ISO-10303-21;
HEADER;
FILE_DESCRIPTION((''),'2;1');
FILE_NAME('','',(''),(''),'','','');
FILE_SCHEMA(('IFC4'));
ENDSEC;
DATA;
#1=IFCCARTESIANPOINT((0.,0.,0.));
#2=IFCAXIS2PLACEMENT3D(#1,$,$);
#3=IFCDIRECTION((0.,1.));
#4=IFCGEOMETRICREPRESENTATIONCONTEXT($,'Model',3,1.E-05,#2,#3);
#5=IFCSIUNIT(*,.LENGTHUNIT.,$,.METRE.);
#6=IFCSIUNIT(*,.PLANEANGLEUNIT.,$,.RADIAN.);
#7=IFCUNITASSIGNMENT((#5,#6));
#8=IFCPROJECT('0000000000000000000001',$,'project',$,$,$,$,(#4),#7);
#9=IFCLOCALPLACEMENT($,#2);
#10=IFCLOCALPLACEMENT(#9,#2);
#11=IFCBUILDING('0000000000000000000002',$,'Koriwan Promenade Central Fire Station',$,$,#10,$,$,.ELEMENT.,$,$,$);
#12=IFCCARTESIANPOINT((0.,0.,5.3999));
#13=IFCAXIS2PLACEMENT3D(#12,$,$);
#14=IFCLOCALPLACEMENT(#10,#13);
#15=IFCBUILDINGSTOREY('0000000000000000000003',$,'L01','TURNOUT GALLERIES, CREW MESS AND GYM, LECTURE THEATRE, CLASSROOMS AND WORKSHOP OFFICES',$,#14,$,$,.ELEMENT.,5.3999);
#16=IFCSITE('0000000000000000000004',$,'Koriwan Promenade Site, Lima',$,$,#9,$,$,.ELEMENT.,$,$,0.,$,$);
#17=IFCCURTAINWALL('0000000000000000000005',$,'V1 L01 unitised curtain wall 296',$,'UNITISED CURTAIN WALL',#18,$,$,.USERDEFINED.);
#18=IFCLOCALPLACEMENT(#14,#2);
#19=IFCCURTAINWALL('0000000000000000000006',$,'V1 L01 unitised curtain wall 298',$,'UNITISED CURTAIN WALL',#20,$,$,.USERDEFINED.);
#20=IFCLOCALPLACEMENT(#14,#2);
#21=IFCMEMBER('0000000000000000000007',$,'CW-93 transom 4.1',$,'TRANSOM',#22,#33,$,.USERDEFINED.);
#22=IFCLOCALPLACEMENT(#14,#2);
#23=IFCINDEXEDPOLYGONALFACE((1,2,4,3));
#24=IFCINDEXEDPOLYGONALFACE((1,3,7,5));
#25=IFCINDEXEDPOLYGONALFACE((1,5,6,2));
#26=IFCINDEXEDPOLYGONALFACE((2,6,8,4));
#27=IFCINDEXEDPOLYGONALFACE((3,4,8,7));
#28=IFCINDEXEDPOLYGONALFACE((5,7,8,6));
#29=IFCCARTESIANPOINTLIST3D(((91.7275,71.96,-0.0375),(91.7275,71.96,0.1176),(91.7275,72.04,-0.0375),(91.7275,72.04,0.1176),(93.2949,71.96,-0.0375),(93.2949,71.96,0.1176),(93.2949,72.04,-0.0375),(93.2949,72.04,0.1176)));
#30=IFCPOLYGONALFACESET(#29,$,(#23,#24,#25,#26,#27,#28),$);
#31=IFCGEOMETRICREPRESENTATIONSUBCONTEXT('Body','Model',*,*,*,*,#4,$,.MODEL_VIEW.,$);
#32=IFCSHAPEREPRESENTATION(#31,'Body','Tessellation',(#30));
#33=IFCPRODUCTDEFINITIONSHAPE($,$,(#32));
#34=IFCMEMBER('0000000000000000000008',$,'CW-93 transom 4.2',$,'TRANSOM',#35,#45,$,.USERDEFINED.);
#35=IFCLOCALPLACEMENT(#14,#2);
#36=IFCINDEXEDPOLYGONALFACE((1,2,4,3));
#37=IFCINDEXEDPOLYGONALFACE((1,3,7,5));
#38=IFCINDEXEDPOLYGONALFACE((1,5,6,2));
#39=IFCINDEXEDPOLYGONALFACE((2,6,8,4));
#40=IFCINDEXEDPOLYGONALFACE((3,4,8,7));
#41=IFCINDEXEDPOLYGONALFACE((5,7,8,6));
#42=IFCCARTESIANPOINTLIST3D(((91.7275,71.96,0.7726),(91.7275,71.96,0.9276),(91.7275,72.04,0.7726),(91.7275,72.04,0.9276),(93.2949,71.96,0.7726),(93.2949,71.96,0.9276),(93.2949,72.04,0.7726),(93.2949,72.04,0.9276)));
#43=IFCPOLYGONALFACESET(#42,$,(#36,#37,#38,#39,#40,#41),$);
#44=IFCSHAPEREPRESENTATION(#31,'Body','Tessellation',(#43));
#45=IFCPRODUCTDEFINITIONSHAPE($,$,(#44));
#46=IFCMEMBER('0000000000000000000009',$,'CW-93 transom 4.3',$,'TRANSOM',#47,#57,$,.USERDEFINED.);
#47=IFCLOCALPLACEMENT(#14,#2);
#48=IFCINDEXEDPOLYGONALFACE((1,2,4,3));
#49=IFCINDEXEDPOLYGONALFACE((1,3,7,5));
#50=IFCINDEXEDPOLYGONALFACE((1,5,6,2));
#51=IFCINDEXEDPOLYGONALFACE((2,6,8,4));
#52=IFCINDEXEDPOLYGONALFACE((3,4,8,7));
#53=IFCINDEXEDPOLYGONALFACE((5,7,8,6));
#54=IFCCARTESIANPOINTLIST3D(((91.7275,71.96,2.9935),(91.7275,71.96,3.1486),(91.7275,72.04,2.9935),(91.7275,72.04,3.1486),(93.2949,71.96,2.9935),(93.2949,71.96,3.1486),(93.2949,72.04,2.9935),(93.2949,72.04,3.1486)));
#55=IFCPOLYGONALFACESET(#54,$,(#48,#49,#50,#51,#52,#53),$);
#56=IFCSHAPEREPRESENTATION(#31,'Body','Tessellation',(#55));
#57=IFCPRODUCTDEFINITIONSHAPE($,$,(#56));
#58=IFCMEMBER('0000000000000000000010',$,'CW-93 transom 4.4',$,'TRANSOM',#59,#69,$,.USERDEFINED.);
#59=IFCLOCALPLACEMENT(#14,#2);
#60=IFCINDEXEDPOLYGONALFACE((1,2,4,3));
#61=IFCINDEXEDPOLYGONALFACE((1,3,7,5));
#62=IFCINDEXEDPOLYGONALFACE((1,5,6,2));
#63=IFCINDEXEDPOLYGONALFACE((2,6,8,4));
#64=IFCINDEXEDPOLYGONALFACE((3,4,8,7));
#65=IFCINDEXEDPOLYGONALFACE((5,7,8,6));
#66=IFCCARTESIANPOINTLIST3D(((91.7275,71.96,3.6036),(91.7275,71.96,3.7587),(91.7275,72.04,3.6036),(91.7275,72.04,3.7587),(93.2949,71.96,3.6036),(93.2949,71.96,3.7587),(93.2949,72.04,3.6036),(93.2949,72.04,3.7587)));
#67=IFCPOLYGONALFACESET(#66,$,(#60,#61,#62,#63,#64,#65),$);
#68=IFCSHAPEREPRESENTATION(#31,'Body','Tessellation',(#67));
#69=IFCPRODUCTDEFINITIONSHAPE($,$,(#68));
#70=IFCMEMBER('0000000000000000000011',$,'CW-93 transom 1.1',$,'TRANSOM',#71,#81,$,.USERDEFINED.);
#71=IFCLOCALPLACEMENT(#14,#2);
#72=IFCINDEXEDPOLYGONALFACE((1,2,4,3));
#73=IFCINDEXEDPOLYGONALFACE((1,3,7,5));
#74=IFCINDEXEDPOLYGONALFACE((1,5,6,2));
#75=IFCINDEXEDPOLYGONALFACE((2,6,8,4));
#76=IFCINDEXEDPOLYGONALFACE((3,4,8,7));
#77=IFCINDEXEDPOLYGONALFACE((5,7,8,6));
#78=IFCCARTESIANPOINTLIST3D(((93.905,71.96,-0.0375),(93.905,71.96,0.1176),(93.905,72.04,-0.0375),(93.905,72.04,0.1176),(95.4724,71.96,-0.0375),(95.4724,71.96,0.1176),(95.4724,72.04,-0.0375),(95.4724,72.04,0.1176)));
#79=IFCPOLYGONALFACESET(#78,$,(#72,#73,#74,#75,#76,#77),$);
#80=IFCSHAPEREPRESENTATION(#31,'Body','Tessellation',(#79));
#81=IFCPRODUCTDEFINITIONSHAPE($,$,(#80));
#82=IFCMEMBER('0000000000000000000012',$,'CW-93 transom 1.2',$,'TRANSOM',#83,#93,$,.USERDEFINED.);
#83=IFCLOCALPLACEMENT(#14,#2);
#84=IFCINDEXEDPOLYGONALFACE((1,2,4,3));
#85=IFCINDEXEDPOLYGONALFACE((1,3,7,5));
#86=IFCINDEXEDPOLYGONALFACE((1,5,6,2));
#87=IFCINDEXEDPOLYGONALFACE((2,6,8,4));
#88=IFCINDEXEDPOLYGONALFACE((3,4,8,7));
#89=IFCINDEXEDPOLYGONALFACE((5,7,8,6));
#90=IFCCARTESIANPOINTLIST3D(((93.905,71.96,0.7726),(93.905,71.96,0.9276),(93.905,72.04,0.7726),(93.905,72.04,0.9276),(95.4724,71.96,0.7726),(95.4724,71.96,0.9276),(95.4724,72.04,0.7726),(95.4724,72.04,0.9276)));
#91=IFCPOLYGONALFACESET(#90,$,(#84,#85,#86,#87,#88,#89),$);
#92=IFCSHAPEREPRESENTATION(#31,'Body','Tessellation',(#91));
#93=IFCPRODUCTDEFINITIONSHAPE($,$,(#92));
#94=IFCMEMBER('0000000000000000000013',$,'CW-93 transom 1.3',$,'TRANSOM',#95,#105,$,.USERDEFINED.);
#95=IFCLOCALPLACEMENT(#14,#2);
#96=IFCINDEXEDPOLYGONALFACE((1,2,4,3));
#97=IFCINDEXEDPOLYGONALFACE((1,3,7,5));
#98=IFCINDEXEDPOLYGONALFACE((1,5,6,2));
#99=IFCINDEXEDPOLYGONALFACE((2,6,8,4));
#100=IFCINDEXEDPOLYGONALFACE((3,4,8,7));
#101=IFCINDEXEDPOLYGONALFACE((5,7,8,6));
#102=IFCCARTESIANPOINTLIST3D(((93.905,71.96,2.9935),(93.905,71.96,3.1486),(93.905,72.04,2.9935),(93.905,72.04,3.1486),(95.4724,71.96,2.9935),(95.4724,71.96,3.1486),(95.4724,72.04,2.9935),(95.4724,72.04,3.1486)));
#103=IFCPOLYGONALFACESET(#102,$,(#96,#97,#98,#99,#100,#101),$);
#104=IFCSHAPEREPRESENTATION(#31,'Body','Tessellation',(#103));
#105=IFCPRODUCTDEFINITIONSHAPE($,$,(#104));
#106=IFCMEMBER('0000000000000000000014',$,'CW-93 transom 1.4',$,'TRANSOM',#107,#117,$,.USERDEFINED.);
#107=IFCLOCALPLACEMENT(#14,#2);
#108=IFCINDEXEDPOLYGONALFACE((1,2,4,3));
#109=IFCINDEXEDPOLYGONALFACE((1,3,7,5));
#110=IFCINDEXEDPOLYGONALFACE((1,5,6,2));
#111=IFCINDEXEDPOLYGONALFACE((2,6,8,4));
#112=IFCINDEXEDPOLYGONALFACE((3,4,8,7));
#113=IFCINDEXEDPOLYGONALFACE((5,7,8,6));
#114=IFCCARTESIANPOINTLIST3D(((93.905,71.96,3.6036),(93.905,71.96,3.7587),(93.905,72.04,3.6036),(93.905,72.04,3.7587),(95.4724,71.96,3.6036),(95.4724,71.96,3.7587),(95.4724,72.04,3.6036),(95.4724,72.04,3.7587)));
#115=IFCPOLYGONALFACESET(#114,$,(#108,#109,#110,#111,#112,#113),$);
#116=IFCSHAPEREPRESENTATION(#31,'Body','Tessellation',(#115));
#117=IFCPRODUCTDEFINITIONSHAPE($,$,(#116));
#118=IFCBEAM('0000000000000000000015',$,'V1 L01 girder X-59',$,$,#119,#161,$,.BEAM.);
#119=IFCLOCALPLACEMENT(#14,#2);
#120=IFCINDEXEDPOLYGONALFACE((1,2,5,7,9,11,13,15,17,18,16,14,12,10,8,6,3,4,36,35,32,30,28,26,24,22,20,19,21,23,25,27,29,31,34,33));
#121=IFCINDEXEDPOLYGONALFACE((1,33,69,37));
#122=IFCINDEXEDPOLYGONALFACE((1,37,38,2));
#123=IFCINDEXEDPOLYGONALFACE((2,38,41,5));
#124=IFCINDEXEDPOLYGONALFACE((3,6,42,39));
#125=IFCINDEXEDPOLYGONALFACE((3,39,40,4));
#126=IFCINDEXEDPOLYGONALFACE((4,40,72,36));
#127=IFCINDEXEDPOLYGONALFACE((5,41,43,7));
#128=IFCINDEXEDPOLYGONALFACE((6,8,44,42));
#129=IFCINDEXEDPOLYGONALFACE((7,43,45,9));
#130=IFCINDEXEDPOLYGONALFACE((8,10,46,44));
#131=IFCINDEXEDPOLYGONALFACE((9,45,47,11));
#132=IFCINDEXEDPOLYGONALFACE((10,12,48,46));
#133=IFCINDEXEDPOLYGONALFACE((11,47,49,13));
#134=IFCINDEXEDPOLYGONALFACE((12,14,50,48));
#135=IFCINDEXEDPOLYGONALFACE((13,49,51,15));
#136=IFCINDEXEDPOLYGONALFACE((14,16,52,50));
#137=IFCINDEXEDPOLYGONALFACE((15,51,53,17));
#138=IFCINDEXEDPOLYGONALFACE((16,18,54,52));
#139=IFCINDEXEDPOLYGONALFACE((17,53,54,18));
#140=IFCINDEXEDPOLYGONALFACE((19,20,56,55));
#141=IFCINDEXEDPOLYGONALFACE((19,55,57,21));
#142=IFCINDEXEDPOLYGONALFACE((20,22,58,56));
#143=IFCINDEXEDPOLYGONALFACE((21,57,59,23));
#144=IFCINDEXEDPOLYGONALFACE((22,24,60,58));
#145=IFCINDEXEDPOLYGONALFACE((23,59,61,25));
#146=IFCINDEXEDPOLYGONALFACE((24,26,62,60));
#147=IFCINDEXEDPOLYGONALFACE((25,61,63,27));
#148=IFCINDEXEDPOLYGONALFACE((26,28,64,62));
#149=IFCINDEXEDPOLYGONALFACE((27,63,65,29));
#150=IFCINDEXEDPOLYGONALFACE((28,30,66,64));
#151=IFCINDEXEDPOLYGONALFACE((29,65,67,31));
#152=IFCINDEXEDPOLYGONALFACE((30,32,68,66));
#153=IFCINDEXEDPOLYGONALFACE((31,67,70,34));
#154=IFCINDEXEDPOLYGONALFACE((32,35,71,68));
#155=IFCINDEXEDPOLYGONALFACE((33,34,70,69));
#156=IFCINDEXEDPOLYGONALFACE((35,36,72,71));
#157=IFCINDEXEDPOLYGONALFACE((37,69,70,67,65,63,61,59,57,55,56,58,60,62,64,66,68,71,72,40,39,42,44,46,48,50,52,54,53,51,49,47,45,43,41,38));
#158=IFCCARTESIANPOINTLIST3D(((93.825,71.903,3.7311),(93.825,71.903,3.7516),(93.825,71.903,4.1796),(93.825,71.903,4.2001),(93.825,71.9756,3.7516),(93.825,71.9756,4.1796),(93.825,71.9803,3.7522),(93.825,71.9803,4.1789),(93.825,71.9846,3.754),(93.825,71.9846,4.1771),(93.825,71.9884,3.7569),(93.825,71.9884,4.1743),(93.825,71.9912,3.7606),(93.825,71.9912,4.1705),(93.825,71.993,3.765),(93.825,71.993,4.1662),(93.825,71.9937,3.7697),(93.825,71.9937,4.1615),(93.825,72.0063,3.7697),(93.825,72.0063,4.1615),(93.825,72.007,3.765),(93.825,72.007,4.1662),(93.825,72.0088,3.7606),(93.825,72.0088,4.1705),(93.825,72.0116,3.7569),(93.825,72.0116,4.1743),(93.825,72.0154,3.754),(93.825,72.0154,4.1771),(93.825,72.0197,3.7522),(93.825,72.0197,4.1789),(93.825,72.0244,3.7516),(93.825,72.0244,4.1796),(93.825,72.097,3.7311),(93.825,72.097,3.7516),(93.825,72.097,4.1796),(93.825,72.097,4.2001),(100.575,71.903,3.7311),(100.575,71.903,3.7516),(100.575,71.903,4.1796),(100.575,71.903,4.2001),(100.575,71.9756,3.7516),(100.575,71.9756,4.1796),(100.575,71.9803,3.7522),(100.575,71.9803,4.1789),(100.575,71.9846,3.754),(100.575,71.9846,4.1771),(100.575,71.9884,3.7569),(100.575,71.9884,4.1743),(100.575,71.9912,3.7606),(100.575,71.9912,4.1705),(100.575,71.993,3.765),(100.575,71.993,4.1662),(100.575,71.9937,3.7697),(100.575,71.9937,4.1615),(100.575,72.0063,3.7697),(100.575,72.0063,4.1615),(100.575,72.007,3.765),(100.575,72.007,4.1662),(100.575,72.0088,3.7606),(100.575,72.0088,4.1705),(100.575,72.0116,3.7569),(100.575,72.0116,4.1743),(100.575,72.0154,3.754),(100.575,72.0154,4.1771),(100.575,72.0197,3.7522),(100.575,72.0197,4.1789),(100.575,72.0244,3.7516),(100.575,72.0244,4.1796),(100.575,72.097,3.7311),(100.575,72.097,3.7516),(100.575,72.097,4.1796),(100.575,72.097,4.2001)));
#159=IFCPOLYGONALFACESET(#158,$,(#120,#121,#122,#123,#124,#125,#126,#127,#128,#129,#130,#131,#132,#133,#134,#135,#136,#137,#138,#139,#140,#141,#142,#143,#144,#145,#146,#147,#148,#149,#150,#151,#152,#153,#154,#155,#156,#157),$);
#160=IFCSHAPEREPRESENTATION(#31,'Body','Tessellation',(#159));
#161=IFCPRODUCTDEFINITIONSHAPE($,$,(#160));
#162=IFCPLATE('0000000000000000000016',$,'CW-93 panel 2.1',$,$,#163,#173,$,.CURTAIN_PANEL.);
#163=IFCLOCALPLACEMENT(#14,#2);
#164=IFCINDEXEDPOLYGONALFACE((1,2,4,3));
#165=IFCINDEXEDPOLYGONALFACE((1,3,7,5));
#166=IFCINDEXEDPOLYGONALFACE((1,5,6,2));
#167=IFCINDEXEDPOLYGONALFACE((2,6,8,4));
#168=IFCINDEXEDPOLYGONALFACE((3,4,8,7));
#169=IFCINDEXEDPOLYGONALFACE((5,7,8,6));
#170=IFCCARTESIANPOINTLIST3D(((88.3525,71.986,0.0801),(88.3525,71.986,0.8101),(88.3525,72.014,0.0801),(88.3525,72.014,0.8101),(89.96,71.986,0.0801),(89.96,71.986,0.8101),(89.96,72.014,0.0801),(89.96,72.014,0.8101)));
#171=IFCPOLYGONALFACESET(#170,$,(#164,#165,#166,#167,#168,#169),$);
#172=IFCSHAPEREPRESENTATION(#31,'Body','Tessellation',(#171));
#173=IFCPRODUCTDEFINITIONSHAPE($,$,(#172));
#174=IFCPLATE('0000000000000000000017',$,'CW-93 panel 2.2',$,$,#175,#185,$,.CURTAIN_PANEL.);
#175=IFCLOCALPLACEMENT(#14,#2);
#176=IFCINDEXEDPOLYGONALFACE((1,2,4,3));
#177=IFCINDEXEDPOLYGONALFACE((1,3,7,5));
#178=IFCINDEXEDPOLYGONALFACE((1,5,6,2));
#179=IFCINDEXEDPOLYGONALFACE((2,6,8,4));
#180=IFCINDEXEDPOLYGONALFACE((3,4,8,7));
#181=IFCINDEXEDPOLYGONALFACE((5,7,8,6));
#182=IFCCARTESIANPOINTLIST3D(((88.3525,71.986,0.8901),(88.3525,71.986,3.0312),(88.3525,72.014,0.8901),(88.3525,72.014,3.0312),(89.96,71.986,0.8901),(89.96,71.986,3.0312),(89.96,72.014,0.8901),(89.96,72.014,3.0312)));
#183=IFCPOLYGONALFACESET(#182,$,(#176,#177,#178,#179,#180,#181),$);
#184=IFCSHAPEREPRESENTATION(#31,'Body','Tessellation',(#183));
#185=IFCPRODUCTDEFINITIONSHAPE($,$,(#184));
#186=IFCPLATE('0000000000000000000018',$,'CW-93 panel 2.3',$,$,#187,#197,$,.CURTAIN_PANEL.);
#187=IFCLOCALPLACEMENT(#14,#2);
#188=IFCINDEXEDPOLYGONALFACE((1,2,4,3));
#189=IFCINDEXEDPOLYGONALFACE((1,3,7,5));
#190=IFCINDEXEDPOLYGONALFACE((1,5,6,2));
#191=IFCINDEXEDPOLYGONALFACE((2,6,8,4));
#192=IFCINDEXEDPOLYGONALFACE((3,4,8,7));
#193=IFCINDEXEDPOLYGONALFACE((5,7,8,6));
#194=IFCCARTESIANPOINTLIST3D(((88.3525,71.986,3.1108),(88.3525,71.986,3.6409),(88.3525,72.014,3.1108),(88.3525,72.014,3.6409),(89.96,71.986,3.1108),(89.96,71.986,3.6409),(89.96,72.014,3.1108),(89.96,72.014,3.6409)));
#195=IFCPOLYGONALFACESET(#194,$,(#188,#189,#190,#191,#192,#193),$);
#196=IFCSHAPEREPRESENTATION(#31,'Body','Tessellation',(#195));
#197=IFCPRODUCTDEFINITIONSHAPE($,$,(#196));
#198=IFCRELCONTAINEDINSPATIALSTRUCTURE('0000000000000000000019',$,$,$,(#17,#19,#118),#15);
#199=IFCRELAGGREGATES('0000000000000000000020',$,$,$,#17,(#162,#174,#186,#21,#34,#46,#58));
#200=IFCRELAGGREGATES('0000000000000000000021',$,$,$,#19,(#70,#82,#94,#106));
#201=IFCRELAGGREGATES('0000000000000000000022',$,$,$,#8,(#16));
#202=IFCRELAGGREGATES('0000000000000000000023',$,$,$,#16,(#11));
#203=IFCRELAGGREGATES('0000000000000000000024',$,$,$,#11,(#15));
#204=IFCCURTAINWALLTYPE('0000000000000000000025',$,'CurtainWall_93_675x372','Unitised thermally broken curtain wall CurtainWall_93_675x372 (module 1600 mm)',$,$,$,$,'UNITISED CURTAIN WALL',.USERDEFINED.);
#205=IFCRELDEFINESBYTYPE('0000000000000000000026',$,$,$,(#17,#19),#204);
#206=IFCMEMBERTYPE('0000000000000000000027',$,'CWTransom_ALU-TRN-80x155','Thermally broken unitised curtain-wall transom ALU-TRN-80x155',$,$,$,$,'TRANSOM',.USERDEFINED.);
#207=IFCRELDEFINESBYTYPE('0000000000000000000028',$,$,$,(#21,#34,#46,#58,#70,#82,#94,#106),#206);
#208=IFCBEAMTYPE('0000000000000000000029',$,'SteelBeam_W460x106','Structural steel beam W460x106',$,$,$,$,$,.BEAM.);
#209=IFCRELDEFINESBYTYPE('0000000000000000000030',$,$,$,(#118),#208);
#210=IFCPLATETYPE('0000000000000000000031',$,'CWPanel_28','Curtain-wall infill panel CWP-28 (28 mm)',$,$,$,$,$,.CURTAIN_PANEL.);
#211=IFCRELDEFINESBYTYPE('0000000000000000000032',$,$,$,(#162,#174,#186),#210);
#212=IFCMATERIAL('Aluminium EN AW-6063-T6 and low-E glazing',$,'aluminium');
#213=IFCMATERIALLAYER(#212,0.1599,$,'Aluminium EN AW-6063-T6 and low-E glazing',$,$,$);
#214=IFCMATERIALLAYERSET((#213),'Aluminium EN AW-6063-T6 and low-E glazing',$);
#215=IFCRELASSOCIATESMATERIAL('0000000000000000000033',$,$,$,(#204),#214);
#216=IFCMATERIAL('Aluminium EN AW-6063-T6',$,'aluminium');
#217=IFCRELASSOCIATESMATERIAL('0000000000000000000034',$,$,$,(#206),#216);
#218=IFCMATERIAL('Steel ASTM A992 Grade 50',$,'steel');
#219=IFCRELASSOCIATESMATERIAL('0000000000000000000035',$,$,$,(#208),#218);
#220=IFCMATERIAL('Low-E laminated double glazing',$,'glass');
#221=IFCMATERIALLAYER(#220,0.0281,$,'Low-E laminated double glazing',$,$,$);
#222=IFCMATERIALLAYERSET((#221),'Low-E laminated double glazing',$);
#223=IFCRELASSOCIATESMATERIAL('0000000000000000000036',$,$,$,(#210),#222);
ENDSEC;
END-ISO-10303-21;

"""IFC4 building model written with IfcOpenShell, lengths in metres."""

from ifc_helpers import new_model, si_unit, direction, frame, origin, origin_2d, place, context, subcontext, project, spatial, rectangle, i_section, extrude, material, layer, layer_set, material_profile, profile_set, type_object, element, aggregate, save


model = new_model("IFC4")

# Units and contexts
model_context = context("Model", 3, precision=1e-05, world=origin(), true_north=direction((0.0, 1.0)))
body_context = subcontext(model_context, "Body", "Model", "MODEL_VIEW")
ifc_project = project(units=[si_unit("LENGTHUNIT", "METRE"), si_unit("PLANEANGLEUNIT", "RADIAN")], contexts=[model_context])

# Site, building, storey
site_placement = place(None, origin())
site = spatial("IfcSite", under=ifc_project, at=site_placement, Name="Koriwan Promenade Site, Lima", CompositionType="ELEMENT", RefElevation=0.0)
building_placement = place(site_placement, origin())
building = spatial("IfcBuilding", under=site, at=building_placement, Name="Koriwan Promenade Central Fire Station", CompositionType="ELEMENT")
storey_placement = place(building_placement, frame((0.0, 0.0, 5.3999)))
storey = spatial("IfcBuildingStorey", under=building, at=storey_placement, Name="L01", Description="TURNOUT GALLERIES, CREW MESS AND GYM, LECTURE THEATRE, CLASSROOMS AND WORKSHOP OFFICES", CompositionType="ELEMENT", Elevation=5.3999)

# Curtain wall
ifc_material_1 = material(Name="Aluminium EN AW-6063-T6 and low-E glazing", Category="aluminium")
ifc_layer_1 = layer(ifc_material_1, 0.1599, Name="Aluminium EN AW-6063-T6 and low-E glazing")
ifc_layer_set_1 = layer_set([ifc_layer_1], Name="Aluminium EN AW-6063-T6 and low-E glazing")
curtain_wall_type = type_object("IfcCurtainWallType", Name="CurtainWall_93_675x372", Description="Unitised thermally broken curtain wall CurtainWall_93_675x372 (module 1600 mm)", ElementType="UNITISED CURTAIN WALL", PredefinedType="USERDEFINED", material=ifc_layer_set_1)
curtain_wall_1_placement = place(storey_placement, origin())
curtain_wall_1 = element("IfcCurtainWall", 1, at=curtain_wall_1_placement, inside=storey, type_object=curtain_wall_type, Name="V1 L01 unitised curtain wall 296", ObjectType="UNITISED CURTAIN WALL", PredefinedType="USERDEFINED")
ifc_material_2 = material(Name="Aluminium EN AW-6063-T6", Category="aluminium")

# Curtain wall
curtain_wall_2_placement = place(storey_placement, origin())
curtain_wall_2 = element("IfcCurtainWall", 2, at=curtain_wall_2_placement, inside=storey, type_object=curtain_wall_type, Name="V1 L01 unitised curtain wall 298", ObjectType="UNITISED CURTAIN WALL", PredefinedType="USERDEFINED")

# Members
ifc_material_profile_1 = material_profile(ifc_material_2, rectangle(XDim=0.0801, YDim=0.155, at=origin_2d()), Name="ALU-TRN-80x155")
ifc_profile_set_1 = profile_set([ifc_material_profile_1], Name="Aluminium EN AW-6063-T6")
member_type_1 = type_object("IfcMemberType", Name="CWTransom_ALU-TRN-80x155", Description="Thermally broken unitised curtain-wall transom ALU-TRN-80x155", ElementType="TRANSOM", PredefinedType="USERDEFINED", material=ifc_profile_set_1)
member_1_placement = place(storey_placement, frame((91.7275, 72.0, 0.04), z_axis=(1.0, 0.0, 0.0), x_axis=(0.0, 1.0, 0.0)))
member_1 = element("IfcMember", 3, at=member_1_placement, type_object=member_type_1, Name="CW-93 transom 4.1", ObjectType="TRANSOM", PredefinedType="USERDEFINED", context=body_context, shape_type="SweptSolid", body=[
    extrude(rectangle(XDim=0.0801, YDim=0.155, at=origin_2d()), origin(), (0.0, 0.0, 1.0), 1.5674),
])
member_2_placement = place(storey_placement, frame((91.7275, 72.0, 0.8501), z_axis=(1.0, 0.0, 0.0), x_axis=(0.0, 1.0, 0.0)))
member_2 = element("IfcMember", 4, at=member_2_placement, type_object=member_type_1, Name="CW-93 transom 4.2", ObjectType="TRANSOM", PredefinedType="USERDEFINED", context=body_context, shape_type="SweptSolid", body=[
    extrude(rectangle(XDim=0.0801, YDim=0.155, at=origin_2d()), origin(), (0.0, 0.0, 1.0), 1.5674),
])
member_3_placement = place(storey_placement, frame((91.7275, 72.0, 3.071), z_axis=(1.0, 0.0, 0.0), x_axis=(0.0, 1.0, 0.0)))
member_3 = element("IfcMember", 5, at=member_3_placement, type_object=member_type_1, Name="CW-93 transom 4.3", ObjectType="TRANSOM", PredefinedType="USERDEFINED", context=body_context, shape_type="SweptSolid", body=[
    extrude(rectangle(XDim=0.0801, YDim=0.155, at=origin_2d()), origin(), (0.0, 0.0, 1.0), 1.5674),
])
member_4_placement = place(storey_placement, frame((91.7275, 72.0, 3.6812), z_axis=(1.0, 0.0, 0.0), x_axis=(0.0, 1.0, 0.0)))
member_4 = element("IfcMember", 6, at=member_4_placement, type_object=member_type_1, Name="CW-93 transom 4.4", ObjectType="TRANSOM", PredefinedType="USERDEFINED", context=body_context, shape_type="SweptSolid", body=[
    extrude(rectangle(XDim=0.0801, YDim=0.155, at=origin_2d()), origin(), (0.0, 0.0, 1.0), 1.5674),
])
member_5_placement = place(storey_placement, frame((93.905, 72.0, 0.04), z_axis=(1.0, 0.0, 0.0), x_axis=(0.0, 1.0, 0.0)))
member_5 = element("IfcMember", 7, at=member_5_placement, type_object=member_type_1, Name="CW-93 transom 1.1", ObjectType="TRANSOM", PredefinedType="USERDEFINED", context=body_context, shape_type="SweptSolid", body=[
    extrude(rectangle(XDim=0.0801, YDim=0.155, at=origin_2d()), origin(), (0.0, 0.0, 1.0), 1.5674),
])
member_6_placement = place(storey_placement, frame((93.905, 72.0, 0.8501), z_axis=(1.0, 0.0, 0.0), x_axis=(0.0, 1.0, 0.0)))
member_6 = element("IfcMember", 8, at=member_6_placement, type_object=member_type_1, Name="CW-93 transom 1.2", ObjectType="TRANSOM", PredefinedType="USERDEFINED", context=body_context, shape_type="SweptSolid", body=[
    extrude(rectangle(XDim=0.0801, YDim=0.155, at=origin_2d()), origin(), (0.0, 0.0, 1.0), 1.5674),
])
member_7_placement = place(storey_placement, frame((93.905, 72.0, 3.071), z_axis=(1.0, 0.0, 0.0), x_axis=(0.0, 1.0, 0.0)))
member_7 = element("IfcMember", 9, at=member_7_placement, type_object=member_type_1, Name="CW-93 transom 1.3", ObjectType="TRANSOM", PredefinedType="USERDEFINED", context=body_context, shape_type="SweptSolid", body=[
    extrude(rectangle(XDim=0.0801, YDim=0.155, at=origin_2d()), origin(), (0.0, 0.0, 1.0), 1.5674),
])
member_8_placement = place(storey_placement, frame((93.905, 72.0, 3.6812), z_axis=(1.0, 0.0, 0.0), x_axis=(0.0, 1.0, 0.0)))
member_8 = element("IfcMember", 10, at=member_8_placement, type_object=member_type_1, Name="CW-93 transom 1.4", ObjectType="TRANSOM", PredefinedType="USERDEFINED", context=body_context, shape_type="SweptSolid", body=[
    extrude(rectangle(XDim=0.0801, YDim=0.155, at=origin_2d()), origin(), (0.0, 0.0, 1.0), 1.5674),
])

# Beam
ifc_material_3 = material(Name="Steel ASTM A992 Grade 50", Category="steel")
ifc_material_profile_2 = material_profile(ifc_material_3, i_section(OverallWidth=0.1941, OverallDepth=0.469, WebThickness=0.0127, FlangeThickness=0.0205, FilletRadius=0.0181, at=origin_2d()), Name="W460x106")
ifc_profile_set_2 = profile_set([ifc_material_profile_2], Name="Steel ASTM A992 Grade 50")
beam_type = type_object("IfcBeamType", Name="SteelBeam_W460x106", Description="Structural steel beam W460x106", PredefinedType="BEAM", material=ifc_profile_set_2)
beam_placement = place(storey_placement, frame((93.825, 72.0, 3.9656), z_axis=(1.0, 0.0, 0.0), x_axis=(0.0, 1.0, 0.0)))
element("IfcBeam", 11, at=beam_placement, inside=storey, type_object=beam_type, Name="V1 L01 girder X-59", PredefinedType="BEAM", context=body_context, shape_type="SweptSolid", body=[
    extrude(i_section(OverallWidth=0.1941, OverallDepth=0.469, WebThickness=0.0127, FlangeThickness=0.0205, FilletRadius=0.0181, at=origin_2d()), origin(), (0.0, 0.0, 1.0), 6.75),
])

# Plates
ifc_material_4 = material(Name="Low-E laminated double glazing", Category="glass")
ifc_layer_2 = layer(ifc_material_4, 0.0281, Name="Low-E laminated double glazing")
ifc_layer_set_2 = layer_set([ifc_layer_2], Name="Low-E laminated double glazing")
plate_type_1 = type_object("IfcPlateType", Name="CWPanel_28", Description="Curtain-wall infill panel CWP-28 (28 mm)", PredefinedType="CURTAIN_PANEL", material=ifc_layer_set_2)
plate_1_placement = place(storey_placement, frame((89.1562, 72.0, 0.0801), z_axis=(0.0, 0.0, 1.0), x_axis=(1.0, 0.0, 0.0)))
plate_1 = element("IfcPlate", 12, at=plate_1_placement, type_object=plate_type_1, Name="CW-93 panel 2.1", PredefinedType="CURTAIN_PANEL", context=body_context, shape_type="SweptSolid", body=[
    extrude(rectangle(XDim=1.6074, YDim=0.0281, at=origin_2d()), origin(), (0.0, 0.0, 1.0), 0.73),
])
plate_2_placement = place(storey_placement, frame((89.1562, 72.0, 0.8901), z_axis=(0.0, 0.0, 1.0), x_axis=(1.0, 0.0, 0.0)))
plate_2 = element("IfcPlate", 13, at=plate_2_placement, type_object=plate_type_1, Name="CW-93 panel 2.2", PredefinedType="CURTAIN_PANEL", context=body_context, shape_type="SweptSolid", body=[
    extrude(rectangle(XDim=1.6074, YDim=0.0281, at=origin_2d()), origin(), (0.0, 0.0, 1.0), 2.1411),
])
plate_3_placement = place(storey_placement, frame((89.1562, 72.0, 3.1108), z_axis=(0.0, 0.0, 1.0), x_axis=(1.0, 0.0, 0.0)))
plate_3 = element("IfcPlate", 14, at=plate_3_placement, type_object=plate_type_1, Name="CW-93 panel 2.3", PredefinedType="CURTAIN_PANEL", context=body_context, shape_type="SweptSolid", body=[
    extrude(rectangle(XDim=1.6074, YDim=0.0281, at=origin_2d()), origin(), (0.0, 0.0, 1.0), 0.53),
])
aggregate(curtain_wall_1, [plate_1, plate_2, plate_3, member_1, member_2, member_3, member_4])
aggregate(curtain_wall_2, [member_5, member_6, member_7, member_8])

save(model, "model.ifc")
